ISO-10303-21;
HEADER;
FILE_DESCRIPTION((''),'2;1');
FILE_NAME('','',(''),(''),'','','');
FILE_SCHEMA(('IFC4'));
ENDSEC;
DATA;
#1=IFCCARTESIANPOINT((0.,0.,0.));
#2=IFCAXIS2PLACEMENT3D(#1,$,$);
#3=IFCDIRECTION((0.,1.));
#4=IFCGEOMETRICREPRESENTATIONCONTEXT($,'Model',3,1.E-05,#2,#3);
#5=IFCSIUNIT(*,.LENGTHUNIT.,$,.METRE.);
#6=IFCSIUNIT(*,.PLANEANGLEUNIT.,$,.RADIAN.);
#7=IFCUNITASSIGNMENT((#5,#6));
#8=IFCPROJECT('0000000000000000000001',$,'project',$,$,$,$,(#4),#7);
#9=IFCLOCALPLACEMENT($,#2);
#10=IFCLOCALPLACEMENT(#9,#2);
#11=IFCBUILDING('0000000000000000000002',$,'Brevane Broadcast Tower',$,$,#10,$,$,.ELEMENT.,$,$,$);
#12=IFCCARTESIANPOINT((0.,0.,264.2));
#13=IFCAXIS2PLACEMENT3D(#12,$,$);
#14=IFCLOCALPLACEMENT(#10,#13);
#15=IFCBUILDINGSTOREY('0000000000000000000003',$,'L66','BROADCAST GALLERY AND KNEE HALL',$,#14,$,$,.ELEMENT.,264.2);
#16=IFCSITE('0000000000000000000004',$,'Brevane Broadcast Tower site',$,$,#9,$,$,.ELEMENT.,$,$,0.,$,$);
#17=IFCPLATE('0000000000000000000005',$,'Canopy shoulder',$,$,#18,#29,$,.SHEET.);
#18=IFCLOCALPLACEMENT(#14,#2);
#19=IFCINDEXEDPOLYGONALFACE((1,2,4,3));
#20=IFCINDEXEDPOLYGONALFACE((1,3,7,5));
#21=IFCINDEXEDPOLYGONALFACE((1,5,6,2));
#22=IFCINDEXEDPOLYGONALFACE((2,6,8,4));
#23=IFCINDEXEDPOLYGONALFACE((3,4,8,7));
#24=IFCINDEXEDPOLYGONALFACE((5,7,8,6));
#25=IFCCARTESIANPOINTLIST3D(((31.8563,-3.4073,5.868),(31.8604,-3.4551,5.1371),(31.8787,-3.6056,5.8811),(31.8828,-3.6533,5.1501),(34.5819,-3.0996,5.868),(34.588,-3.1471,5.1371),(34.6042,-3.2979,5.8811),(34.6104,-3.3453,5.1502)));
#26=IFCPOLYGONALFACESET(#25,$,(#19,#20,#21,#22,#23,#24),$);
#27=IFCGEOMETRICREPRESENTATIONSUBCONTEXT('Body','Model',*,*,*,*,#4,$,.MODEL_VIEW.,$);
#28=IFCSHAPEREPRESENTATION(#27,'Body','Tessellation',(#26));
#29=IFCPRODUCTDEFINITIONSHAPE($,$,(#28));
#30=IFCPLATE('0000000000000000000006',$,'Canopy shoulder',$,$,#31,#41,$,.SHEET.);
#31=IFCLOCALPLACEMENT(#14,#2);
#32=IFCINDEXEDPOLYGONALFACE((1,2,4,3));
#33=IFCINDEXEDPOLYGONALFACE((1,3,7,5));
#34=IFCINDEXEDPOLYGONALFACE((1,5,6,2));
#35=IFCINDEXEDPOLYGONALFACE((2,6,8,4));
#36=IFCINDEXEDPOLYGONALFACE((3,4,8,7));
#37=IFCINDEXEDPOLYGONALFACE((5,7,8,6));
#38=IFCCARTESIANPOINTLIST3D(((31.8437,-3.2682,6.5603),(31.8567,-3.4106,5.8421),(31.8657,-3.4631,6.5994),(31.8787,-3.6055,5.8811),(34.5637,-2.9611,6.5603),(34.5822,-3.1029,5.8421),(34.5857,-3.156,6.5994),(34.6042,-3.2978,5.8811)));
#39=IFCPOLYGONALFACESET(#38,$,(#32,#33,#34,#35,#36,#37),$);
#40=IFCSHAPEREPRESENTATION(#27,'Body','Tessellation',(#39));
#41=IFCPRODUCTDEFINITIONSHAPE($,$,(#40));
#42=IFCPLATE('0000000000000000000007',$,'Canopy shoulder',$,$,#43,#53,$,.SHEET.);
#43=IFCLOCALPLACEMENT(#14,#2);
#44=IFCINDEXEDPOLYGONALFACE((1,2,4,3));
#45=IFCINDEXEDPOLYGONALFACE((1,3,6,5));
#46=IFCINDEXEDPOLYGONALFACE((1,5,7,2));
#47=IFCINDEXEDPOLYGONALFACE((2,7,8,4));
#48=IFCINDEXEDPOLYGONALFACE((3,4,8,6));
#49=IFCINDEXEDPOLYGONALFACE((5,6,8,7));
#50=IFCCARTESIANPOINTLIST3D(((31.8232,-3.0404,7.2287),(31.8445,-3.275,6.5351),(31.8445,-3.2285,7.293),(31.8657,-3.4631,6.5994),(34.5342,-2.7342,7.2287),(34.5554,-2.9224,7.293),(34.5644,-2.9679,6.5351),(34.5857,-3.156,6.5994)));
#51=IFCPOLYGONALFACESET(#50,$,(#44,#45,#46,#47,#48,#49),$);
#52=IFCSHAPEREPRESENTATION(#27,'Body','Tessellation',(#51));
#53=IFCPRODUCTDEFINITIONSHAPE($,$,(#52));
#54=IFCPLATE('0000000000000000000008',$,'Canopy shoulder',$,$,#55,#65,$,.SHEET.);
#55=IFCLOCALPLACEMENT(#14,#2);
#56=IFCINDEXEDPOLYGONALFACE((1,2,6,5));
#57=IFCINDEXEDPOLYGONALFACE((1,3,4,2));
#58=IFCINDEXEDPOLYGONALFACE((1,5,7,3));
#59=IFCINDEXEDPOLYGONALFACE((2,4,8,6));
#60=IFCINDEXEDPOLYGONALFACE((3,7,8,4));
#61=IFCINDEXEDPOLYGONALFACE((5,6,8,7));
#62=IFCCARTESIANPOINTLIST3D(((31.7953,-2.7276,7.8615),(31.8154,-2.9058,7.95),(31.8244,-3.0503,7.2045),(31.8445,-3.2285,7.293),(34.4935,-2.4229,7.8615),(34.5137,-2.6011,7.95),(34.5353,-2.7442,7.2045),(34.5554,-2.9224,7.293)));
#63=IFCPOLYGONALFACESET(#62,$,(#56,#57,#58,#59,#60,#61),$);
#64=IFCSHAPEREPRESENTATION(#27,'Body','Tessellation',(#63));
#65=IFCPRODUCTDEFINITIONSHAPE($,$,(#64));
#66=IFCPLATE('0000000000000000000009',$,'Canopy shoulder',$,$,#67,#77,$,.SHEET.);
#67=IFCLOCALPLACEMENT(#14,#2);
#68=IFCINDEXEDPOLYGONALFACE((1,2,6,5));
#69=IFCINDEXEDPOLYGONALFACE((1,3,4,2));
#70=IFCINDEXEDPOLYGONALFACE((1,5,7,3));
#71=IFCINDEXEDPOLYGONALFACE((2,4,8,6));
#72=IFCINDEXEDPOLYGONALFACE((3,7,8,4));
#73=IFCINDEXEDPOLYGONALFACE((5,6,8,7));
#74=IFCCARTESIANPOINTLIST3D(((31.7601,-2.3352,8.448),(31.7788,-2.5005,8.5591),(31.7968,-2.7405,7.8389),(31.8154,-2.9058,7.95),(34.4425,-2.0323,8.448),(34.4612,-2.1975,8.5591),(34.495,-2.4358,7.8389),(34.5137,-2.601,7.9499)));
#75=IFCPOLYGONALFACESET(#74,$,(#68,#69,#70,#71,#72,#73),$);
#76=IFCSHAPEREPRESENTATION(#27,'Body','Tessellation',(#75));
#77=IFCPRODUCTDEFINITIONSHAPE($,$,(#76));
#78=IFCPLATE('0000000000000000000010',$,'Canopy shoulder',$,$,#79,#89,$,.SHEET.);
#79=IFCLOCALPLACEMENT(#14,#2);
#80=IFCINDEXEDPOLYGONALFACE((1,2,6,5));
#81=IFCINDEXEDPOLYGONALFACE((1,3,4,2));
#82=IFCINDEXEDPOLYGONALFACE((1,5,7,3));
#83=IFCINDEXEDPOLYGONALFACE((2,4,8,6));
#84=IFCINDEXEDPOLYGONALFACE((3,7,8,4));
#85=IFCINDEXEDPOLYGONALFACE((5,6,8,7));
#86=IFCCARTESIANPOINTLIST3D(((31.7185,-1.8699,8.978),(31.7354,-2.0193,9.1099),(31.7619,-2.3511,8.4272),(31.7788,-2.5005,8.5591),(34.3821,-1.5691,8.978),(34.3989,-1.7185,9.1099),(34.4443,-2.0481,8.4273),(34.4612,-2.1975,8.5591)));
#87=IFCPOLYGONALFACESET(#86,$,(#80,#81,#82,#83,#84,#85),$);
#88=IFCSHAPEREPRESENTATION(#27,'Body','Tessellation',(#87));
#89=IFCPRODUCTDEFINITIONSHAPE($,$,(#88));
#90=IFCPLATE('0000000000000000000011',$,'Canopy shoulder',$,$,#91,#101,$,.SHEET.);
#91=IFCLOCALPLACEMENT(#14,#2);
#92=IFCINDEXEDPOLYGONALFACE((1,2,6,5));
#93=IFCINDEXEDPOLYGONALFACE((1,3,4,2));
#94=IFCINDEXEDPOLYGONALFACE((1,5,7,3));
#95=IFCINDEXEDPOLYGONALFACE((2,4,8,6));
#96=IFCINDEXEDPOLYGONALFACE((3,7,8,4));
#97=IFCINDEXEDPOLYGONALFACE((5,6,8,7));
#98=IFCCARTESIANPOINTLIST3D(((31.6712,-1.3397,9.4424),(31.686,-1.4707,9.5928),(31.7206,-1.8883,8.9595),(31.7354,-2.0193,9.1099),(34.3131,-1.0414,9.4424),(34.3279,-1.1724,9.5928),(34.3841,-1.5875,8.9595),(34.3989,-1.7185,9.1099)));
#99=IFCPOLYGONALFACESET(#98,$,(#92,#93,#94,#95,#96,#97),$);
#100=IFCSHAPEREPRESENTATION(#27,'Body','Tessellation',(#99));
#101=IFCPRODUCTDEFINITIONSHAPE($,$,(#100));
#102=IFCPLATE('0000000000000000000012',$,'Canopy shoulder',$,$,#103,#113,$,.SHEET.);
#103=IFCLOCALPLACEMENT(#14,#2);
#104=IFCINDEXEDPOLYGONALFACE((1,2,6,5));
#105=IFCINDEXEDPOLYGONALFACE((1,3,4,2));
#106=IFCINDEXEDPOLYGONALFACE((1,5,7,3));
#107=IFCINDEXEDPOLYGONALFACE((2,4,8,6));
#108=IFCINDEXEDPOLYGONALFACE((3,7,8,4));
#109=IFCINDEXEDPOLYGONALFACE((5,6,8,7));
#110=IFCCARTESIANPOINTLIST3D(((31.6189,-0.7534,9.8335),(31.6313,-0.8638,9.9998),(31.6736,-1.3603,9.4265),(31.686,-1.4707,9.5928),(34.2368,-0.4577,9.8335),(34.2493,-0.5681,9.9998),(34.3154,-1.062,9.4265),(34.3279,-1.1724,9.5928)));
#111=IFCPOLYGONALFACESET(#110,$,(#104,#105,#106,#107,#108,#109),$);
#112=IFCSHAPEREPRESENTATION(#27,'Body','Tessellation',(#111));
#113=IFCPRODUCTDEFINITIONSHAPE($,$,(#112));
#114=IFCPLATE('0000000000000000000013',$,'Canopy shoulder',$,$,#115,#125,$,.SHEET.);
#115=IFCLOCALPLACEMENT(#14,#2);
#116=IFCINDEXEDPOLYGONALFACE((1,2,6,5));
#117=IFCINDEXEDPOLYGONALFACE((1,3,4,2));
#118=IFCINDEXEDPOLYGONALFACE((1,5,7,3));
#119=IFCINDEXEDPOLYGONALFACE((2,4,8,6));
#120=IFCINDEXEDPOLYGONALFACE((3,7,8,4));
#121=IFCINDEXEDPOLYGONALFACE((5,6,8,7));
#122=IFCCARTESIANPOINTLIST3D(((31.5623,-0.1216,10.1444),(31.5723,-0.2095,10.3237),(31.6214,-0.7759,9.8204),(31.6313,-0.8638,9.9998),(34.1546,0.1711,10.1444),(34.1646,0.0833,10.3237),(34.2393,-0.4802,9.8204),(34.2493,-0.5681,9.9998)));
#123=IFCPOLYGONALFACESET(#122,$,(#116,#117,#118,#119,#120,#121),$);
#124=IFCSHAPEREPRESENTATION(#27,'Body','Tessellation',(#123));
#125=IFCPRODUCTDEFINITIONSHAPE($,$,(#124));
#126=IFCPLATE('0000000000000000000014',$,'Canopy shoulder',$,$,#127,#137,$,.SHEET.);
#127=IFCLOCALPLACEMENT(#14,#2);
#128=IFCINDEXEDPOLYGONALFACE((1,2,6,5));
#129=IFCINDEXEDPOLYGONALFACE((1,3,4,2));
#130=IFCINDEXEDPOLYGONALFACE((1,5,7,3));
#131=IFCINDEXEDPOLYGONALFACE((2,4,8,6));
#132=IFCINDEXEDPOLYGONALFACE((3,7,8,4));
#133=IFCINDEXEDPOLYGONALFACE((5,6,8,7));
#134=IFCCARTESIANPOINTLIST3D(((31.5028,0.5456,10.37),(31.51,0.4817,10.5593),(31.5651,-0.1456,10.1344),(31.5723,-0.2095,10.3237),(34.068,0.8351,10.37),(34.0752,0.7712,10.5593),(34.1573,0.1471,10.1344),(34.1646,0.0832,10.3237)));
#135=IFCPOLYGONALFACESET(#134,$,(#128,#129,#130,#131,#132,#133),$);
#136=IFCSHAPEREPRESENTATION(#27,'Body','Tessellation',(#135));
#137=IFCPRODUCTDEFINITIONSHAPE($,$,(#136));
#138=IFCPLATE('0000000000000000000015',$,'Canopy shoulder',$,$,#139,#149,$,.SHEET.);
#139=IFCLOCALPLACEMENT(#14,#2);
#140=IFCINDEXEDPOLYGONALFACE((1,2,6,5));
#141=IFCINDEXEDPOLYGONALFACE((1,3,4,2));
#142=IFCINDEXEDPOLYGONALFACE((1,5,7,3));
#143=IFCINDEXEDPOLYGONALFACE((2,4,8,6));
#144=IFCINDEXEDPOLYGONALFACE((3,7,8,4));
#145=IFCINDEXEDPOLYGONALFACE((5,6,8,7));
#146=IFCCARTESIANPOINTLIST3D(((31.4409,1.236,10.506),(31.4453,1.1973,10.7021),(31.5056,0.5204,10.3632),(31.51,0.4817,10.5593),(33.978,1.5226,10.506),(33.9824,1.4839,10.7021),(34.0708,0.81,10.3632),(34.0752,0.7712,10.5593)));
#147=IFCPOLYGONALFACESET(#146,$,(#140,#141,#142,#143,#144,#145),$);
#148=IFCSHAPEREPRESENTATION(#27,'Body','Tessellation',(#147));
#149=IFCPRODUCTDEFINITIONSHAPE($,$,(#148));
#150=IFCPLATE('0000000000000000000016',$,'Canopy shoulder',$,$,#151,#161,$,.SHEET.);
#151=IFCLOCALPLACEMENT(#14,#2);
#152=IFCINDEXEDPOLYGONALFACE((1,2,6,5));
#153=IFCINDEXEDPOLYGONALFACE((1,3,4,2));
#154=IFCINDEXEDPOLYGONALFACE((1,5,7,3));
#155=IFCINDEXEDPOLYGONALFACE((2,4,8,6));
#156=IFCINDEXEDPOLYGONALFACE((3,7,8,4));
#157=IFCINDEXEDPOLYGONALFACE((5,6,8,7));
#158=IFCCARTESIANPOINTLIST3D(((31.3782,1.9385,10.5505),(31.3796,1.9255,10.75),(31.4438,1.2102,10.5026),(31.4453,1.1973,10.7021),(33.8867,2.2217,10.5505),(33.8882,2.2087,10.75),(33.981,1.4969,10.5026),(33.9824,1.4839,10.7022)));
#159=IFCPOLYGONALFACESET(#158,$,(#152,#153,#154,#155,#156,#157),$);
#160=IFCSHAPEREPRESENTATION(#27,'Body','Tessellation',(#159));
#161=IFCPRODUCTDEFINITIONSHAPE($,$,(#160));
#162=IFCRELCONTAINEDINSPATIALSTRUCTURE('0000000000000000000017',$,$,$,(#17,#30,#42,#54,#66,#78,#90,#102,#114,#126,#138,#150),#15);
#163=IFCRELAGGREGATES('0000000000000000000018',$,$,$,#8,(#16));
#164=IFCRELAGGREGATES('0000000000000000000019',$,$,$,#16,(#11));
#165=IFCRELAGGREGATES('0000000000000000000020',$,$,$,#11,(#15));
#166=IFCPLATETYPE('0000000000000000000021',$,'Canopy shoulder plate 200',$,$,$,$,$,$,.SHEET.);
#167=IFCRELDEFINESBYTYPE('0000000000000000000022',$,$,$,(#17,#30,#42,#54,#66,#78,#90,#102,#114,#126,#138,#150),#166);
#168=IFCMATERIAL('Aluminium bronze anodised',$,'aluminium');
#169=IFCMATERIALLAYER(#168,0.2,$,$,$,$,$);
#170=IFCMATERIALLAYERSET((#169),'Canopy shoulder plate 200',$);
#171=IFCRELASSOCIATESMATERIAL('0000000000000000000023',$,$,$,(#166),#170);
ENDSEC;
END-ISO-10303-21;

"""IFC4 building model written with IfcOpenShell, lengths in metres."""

from ifc_helpers import new_model, si_unit, direction, frame, origin, place, context, subcontext, project, spatial, polyline, outline, extrude, material, layer, layer_set, type_object, element, save


model = new_model("IFC4")

# Units and contexts
model_context = context("Model", 3, precision=1e-05, world=origin(), true_north=direction((0.0, 1.0)))
body_context = subcontext(model_context, "Body", "Model", "MODEL_VIEW")
ifc_project = project(units=[si_unit("LENGTHUNIT", "METRE"), si_unit("PLANEANGLEUNIT", "RADIAN")], contexts=[model_context])

# Site, building, storey
site_placement = place(None, origin())
site = spatial("IfcSite", under=ifc_project, at=site_placement, Name="Brevane Broadcast Tower site", CompositionType="ELEMENT", RefElevation=0.0)
building_placement = place(site_placement, origin())
building = spatial("IfcBuilding", under=site, at=building_placement, Name="Brevane Broadcast Tower", CompositionType="ELEMENT")
storey_placement = place(building_placement, frame((0.0, 0.0, 264.2)))
storey = spatial("IfcBuildingStorey", under=building, at=storey_placement, Name="L66", Description="BROADCAST GALLERY AND KNEE HALL", CompositionType="ELEMENT", Elevation=264.2)

# Plates
ifc_material_1 = material(Name="Aluminium bronze anodised", Category="aluminium")
ifc_layer = layer(ifc_material_1, 0.2)
ifc_layer_set = layer_set([ifc_layer], Name="Canopy shoulder plate 200")
plate_type = type_object("IfcPlateType", Name="Canopy shoulder plate 200", PredefinedType="SHEET", material=ifc_layer_set)
plate_1_placement = place(storey_placement, frame((31.8828, -3.6533, 5.1501), z_axis=(0.111959, -0.991561, 0.065366), x_axis=(0.993686, 0.112199, 0.000003)))
element("IfcPlate", 1, at=plate_1_placement, inside=storey, type_object=plate_type, Name="Canopy shoulder", PredefinedType="SHEET", context=body_context, shape_type="SweptSolid", body=[
    extrude(outline(polyline([(0.0, 0.0), (2.7449, 0.0), (2.7441, 0.7325), (0.0012, 0.7325), (0.0, 0.0)])), origin(), (0.0, 0.0, -1.0), 0.2),
])
plate_2_placement = place(storey_placement, frame((31.8787, -3.6055, 5.8811), z_axis=(0.110019, -0.974572, 0.195206), x_axis=(0.993688, 0.112176, -0.000005)))
element("IfcPlate", 2, at=plate_2_placement, inside=storey, type_object=plate_type, Name="Canopy shoulder", PredefinedType="SHEET", context=body_context, shape_type="SweptSolid", body=[
    extrude(outline(polyline([(0.0, 0.0), (2.7429, 0.0), (2.7404, 0.7324), (0.0031, 0.7323), (0.0, 0.0)])), origin(), (0.0, 0.0, -1.0), 0.2),
])
plate_3_placement = place(storey_placement, frame((31.8657, -3.4631, 6.5994), z_axis=(0.106252, -0.94091, 0.321557), x_axis=(0.993684, 0.11221, -0.000002)))
element("IfcPlate", 3, at=plate_3_placement, inside=storey, type_object=plate_type, Name="Canopy shoulder", PredefinedType="SHEET", context=body_context, shape_type="SweptSolid", body=[
    extrude(outline(polyline([(0.0, 0.0), (2.7373, 0.0), (2.7334, 0.7325), (0.0052, 0.7325), (0.0, 0.0)])), origin(), (0.0, 0.0, -1.0), 0.2),
])
plate_4_placement = place(storey_placement, frame((31.8445, -3.2285, 7.293), z_axis=(0.100643, -0.891223, 0.442258), x_axis=(0.993684, 0.112214, 0.000002)))
element("IfcPlate", 4, at=plate_4_placement, inside=storey, type_object=plate_type, Name="Canopy shoulder", PredefinedType="SHEET", context=body_context, shape_type="SweptSolid", body=[
    extrude(outline(polyline([(0.0, 0.0), (2.7282, 0.0), (2.7227, 0.7325), (0.0073, 0.7325), (0.0, 0.0)])), origin(), (0.0, 0.0, -1.0), 0.2),
])
plate_5_placement = place(storey_placement, frame((31.8154, -2.9058, 7.95), z_axis=(0.09332, -0.826307, 0.555435), x_axis=(0.993684, 0.112218, -0.000007)))
element("IfcPlate", 5, at=plate_5_placement, inside=storey, type_object=plate_type, Name="Canopy shoulder", PredefinedType="SHEET", context=body_context, shape_type="SweptSolid", body=[
    extrude(outline(polyline([(0.0, 0.0), (2.7154, 0.0), (2.7085, 0.7325), (0.0091, 0.7325), (0.0, 0.0)])), origin(), (0.0, 0.0, -1.0), 0.2),
])
plate_6_placement = place(storey_placement, frame((31.7788, -2.5005, 8.5591), z_axis=(0.084376, -0.747104, 0.65933), x_axis=(0.993682, 0.11223, 0.000007)))
element("IfcPlate", 6, at=plate_6_placement, inside=storey, type_object=plate_type, Name="Canopy shoulder", PredefinedType="SHEET", context=body_context, shape_type="SweptSolid", body=[
    extrude(outline(polyline([(0.0, 0.0), (2.6994, 0.0), (2.6913, 0.7325), (0.0108, 0.7326), (0.0, 0.0)])), origin(), (0.0, 0.0, -1.0), 0.2),
])
plate_7_placement = place(storey_placement, frame((31.7354, -2.0193, 9.1099), z_axis=(0.073987, -0.655178, 0.751843), x_axis=(0.993684, 0.112212, -0.000001)))
element("IfcPlate", 7, at=plate_7_placement, inside=storey, type_object=plate_type, Name="Canopy shoulder", PredefinedType="SHEET", context=body_context, shape_type="SweptSolid", body=[
    extrude(outline(polyline([(0.0, 0.0), (2.6805, 0.0), (2.6712, 0.7324), (0.0126, 0.7324), (0.0, 0.0)])), origin(), (0.0, 0.0, -1.0), 0.2),
])
plate_8_placement = place(storey_placement, frame((31.686, -1.4707, 9.5928), z_axis=(0.062334, -0.551965, 0.831534), x_axis=(0.993684, 0.112216, -0.000001)))
element("IfcPlate", 8, at=plate_8_placement, inside=storey, type_object=plate_type, Name="Canopy shoulder", PredefinedType="SHEET", context=body_context, shape_type="SweptSolid", body=[
    extrude(outline(polyline([(0.0, 0.0), (2.6586, 0.0), (2.6483, 0.7327), (0.0138, 0.7327), (0.0, 0.0)])), origin(), (0.0, 0.0, -1.0), 0.2),
])
plate_9_placement = place(storey_placement, frame((31.6313, -0.8638, 9.9998), z_axis=(0.049642, -0.439591, 0.896825), x_axis=(0.993683, 0.11222, 0.000003)))
element("IfcPlate", 9, at=plate_9_placement, inside=storey, type_object=plate_type, Name="Canopy shoulder", PredefinedType="SHEET", context=body_context, shape_type="SweptSolid", body=[
    extrude(outline(polyline([(0.0, 0.0), (2.6346, 0.0), (2.6235, 0.7323), (0.0147, 0.7324), (0.0, 0.0)])), origin(), (0.0, 0.0, -1.0), 0.2),
])
plate_10_placement = place(storey_placement, frame((31.5723, -0.2095, 10.3237), z_axis=(0.036076, -0.319541, 0.946886), x_axis=(0.993685, 0.112206, 0.000007)))
element("IfcPlate", 10, at=plate_10_placement, inside=storey, type_object=plate_type, Name="Canopy shoulder", PredefinedType="SHEET", context=body_context, shape_type="SweptSolid", body=[
    extrude(outline(polyline([(0.0, 0.0), (2.6088, 0.0), (2.5972, 0.7326), (0.0157, 0.7327), (0.0, 0.0)])), origin(), (0.0, 0.0, -1.0), 0.2),
])
plate_11_placement = place(storey_placement, frame((31.51, 0.4817, 10.5593), z_axis=(0.021879, -0.193749, 0.980807), x_axis=(0.993689, 0.112167, -0.000009)))
element("IfcPlate", 11, at=plate_11_placement, inside=storey, type_object=plate_type, Name="Canopy shoulder", PredefinedType="SHEET", context=body_context, shape_type="SweptSolid", body=[
    extrude(outline(polyline([(0.0, 0.0), (2.5815, 0.0), (2.5692, 0.7326), (0.016, 0.7324), (0.0, 0.0)])), origin(), (0.0, 0.0, -1.0), 0.2),
])
plate_12_placement = place(storey_placement, frame((31.4453, 1.1973, 10.7021), z_axis=(0.007331, -0.064913, 0.997864), x_axis=(0.993679, 0.112257, 0.000002)))
element("IfcPlate", 12, at=plate_12_placement, inside=storey, type_object=plate_type, Name="Canopy shoulder", PredefinedType="SHEET", context=body_context, shape_type="SweptSolid", body=[
    extrude(outline(polyline([(0.0, 0.0), (2.5532, 0.0), (2.541, 0.7324), (0.0165, 0.7326), (0.0, 0.0)])), origin(), (0.0, 0.0, -1.0), 0.2),
])

save(model, "model.ifc")
